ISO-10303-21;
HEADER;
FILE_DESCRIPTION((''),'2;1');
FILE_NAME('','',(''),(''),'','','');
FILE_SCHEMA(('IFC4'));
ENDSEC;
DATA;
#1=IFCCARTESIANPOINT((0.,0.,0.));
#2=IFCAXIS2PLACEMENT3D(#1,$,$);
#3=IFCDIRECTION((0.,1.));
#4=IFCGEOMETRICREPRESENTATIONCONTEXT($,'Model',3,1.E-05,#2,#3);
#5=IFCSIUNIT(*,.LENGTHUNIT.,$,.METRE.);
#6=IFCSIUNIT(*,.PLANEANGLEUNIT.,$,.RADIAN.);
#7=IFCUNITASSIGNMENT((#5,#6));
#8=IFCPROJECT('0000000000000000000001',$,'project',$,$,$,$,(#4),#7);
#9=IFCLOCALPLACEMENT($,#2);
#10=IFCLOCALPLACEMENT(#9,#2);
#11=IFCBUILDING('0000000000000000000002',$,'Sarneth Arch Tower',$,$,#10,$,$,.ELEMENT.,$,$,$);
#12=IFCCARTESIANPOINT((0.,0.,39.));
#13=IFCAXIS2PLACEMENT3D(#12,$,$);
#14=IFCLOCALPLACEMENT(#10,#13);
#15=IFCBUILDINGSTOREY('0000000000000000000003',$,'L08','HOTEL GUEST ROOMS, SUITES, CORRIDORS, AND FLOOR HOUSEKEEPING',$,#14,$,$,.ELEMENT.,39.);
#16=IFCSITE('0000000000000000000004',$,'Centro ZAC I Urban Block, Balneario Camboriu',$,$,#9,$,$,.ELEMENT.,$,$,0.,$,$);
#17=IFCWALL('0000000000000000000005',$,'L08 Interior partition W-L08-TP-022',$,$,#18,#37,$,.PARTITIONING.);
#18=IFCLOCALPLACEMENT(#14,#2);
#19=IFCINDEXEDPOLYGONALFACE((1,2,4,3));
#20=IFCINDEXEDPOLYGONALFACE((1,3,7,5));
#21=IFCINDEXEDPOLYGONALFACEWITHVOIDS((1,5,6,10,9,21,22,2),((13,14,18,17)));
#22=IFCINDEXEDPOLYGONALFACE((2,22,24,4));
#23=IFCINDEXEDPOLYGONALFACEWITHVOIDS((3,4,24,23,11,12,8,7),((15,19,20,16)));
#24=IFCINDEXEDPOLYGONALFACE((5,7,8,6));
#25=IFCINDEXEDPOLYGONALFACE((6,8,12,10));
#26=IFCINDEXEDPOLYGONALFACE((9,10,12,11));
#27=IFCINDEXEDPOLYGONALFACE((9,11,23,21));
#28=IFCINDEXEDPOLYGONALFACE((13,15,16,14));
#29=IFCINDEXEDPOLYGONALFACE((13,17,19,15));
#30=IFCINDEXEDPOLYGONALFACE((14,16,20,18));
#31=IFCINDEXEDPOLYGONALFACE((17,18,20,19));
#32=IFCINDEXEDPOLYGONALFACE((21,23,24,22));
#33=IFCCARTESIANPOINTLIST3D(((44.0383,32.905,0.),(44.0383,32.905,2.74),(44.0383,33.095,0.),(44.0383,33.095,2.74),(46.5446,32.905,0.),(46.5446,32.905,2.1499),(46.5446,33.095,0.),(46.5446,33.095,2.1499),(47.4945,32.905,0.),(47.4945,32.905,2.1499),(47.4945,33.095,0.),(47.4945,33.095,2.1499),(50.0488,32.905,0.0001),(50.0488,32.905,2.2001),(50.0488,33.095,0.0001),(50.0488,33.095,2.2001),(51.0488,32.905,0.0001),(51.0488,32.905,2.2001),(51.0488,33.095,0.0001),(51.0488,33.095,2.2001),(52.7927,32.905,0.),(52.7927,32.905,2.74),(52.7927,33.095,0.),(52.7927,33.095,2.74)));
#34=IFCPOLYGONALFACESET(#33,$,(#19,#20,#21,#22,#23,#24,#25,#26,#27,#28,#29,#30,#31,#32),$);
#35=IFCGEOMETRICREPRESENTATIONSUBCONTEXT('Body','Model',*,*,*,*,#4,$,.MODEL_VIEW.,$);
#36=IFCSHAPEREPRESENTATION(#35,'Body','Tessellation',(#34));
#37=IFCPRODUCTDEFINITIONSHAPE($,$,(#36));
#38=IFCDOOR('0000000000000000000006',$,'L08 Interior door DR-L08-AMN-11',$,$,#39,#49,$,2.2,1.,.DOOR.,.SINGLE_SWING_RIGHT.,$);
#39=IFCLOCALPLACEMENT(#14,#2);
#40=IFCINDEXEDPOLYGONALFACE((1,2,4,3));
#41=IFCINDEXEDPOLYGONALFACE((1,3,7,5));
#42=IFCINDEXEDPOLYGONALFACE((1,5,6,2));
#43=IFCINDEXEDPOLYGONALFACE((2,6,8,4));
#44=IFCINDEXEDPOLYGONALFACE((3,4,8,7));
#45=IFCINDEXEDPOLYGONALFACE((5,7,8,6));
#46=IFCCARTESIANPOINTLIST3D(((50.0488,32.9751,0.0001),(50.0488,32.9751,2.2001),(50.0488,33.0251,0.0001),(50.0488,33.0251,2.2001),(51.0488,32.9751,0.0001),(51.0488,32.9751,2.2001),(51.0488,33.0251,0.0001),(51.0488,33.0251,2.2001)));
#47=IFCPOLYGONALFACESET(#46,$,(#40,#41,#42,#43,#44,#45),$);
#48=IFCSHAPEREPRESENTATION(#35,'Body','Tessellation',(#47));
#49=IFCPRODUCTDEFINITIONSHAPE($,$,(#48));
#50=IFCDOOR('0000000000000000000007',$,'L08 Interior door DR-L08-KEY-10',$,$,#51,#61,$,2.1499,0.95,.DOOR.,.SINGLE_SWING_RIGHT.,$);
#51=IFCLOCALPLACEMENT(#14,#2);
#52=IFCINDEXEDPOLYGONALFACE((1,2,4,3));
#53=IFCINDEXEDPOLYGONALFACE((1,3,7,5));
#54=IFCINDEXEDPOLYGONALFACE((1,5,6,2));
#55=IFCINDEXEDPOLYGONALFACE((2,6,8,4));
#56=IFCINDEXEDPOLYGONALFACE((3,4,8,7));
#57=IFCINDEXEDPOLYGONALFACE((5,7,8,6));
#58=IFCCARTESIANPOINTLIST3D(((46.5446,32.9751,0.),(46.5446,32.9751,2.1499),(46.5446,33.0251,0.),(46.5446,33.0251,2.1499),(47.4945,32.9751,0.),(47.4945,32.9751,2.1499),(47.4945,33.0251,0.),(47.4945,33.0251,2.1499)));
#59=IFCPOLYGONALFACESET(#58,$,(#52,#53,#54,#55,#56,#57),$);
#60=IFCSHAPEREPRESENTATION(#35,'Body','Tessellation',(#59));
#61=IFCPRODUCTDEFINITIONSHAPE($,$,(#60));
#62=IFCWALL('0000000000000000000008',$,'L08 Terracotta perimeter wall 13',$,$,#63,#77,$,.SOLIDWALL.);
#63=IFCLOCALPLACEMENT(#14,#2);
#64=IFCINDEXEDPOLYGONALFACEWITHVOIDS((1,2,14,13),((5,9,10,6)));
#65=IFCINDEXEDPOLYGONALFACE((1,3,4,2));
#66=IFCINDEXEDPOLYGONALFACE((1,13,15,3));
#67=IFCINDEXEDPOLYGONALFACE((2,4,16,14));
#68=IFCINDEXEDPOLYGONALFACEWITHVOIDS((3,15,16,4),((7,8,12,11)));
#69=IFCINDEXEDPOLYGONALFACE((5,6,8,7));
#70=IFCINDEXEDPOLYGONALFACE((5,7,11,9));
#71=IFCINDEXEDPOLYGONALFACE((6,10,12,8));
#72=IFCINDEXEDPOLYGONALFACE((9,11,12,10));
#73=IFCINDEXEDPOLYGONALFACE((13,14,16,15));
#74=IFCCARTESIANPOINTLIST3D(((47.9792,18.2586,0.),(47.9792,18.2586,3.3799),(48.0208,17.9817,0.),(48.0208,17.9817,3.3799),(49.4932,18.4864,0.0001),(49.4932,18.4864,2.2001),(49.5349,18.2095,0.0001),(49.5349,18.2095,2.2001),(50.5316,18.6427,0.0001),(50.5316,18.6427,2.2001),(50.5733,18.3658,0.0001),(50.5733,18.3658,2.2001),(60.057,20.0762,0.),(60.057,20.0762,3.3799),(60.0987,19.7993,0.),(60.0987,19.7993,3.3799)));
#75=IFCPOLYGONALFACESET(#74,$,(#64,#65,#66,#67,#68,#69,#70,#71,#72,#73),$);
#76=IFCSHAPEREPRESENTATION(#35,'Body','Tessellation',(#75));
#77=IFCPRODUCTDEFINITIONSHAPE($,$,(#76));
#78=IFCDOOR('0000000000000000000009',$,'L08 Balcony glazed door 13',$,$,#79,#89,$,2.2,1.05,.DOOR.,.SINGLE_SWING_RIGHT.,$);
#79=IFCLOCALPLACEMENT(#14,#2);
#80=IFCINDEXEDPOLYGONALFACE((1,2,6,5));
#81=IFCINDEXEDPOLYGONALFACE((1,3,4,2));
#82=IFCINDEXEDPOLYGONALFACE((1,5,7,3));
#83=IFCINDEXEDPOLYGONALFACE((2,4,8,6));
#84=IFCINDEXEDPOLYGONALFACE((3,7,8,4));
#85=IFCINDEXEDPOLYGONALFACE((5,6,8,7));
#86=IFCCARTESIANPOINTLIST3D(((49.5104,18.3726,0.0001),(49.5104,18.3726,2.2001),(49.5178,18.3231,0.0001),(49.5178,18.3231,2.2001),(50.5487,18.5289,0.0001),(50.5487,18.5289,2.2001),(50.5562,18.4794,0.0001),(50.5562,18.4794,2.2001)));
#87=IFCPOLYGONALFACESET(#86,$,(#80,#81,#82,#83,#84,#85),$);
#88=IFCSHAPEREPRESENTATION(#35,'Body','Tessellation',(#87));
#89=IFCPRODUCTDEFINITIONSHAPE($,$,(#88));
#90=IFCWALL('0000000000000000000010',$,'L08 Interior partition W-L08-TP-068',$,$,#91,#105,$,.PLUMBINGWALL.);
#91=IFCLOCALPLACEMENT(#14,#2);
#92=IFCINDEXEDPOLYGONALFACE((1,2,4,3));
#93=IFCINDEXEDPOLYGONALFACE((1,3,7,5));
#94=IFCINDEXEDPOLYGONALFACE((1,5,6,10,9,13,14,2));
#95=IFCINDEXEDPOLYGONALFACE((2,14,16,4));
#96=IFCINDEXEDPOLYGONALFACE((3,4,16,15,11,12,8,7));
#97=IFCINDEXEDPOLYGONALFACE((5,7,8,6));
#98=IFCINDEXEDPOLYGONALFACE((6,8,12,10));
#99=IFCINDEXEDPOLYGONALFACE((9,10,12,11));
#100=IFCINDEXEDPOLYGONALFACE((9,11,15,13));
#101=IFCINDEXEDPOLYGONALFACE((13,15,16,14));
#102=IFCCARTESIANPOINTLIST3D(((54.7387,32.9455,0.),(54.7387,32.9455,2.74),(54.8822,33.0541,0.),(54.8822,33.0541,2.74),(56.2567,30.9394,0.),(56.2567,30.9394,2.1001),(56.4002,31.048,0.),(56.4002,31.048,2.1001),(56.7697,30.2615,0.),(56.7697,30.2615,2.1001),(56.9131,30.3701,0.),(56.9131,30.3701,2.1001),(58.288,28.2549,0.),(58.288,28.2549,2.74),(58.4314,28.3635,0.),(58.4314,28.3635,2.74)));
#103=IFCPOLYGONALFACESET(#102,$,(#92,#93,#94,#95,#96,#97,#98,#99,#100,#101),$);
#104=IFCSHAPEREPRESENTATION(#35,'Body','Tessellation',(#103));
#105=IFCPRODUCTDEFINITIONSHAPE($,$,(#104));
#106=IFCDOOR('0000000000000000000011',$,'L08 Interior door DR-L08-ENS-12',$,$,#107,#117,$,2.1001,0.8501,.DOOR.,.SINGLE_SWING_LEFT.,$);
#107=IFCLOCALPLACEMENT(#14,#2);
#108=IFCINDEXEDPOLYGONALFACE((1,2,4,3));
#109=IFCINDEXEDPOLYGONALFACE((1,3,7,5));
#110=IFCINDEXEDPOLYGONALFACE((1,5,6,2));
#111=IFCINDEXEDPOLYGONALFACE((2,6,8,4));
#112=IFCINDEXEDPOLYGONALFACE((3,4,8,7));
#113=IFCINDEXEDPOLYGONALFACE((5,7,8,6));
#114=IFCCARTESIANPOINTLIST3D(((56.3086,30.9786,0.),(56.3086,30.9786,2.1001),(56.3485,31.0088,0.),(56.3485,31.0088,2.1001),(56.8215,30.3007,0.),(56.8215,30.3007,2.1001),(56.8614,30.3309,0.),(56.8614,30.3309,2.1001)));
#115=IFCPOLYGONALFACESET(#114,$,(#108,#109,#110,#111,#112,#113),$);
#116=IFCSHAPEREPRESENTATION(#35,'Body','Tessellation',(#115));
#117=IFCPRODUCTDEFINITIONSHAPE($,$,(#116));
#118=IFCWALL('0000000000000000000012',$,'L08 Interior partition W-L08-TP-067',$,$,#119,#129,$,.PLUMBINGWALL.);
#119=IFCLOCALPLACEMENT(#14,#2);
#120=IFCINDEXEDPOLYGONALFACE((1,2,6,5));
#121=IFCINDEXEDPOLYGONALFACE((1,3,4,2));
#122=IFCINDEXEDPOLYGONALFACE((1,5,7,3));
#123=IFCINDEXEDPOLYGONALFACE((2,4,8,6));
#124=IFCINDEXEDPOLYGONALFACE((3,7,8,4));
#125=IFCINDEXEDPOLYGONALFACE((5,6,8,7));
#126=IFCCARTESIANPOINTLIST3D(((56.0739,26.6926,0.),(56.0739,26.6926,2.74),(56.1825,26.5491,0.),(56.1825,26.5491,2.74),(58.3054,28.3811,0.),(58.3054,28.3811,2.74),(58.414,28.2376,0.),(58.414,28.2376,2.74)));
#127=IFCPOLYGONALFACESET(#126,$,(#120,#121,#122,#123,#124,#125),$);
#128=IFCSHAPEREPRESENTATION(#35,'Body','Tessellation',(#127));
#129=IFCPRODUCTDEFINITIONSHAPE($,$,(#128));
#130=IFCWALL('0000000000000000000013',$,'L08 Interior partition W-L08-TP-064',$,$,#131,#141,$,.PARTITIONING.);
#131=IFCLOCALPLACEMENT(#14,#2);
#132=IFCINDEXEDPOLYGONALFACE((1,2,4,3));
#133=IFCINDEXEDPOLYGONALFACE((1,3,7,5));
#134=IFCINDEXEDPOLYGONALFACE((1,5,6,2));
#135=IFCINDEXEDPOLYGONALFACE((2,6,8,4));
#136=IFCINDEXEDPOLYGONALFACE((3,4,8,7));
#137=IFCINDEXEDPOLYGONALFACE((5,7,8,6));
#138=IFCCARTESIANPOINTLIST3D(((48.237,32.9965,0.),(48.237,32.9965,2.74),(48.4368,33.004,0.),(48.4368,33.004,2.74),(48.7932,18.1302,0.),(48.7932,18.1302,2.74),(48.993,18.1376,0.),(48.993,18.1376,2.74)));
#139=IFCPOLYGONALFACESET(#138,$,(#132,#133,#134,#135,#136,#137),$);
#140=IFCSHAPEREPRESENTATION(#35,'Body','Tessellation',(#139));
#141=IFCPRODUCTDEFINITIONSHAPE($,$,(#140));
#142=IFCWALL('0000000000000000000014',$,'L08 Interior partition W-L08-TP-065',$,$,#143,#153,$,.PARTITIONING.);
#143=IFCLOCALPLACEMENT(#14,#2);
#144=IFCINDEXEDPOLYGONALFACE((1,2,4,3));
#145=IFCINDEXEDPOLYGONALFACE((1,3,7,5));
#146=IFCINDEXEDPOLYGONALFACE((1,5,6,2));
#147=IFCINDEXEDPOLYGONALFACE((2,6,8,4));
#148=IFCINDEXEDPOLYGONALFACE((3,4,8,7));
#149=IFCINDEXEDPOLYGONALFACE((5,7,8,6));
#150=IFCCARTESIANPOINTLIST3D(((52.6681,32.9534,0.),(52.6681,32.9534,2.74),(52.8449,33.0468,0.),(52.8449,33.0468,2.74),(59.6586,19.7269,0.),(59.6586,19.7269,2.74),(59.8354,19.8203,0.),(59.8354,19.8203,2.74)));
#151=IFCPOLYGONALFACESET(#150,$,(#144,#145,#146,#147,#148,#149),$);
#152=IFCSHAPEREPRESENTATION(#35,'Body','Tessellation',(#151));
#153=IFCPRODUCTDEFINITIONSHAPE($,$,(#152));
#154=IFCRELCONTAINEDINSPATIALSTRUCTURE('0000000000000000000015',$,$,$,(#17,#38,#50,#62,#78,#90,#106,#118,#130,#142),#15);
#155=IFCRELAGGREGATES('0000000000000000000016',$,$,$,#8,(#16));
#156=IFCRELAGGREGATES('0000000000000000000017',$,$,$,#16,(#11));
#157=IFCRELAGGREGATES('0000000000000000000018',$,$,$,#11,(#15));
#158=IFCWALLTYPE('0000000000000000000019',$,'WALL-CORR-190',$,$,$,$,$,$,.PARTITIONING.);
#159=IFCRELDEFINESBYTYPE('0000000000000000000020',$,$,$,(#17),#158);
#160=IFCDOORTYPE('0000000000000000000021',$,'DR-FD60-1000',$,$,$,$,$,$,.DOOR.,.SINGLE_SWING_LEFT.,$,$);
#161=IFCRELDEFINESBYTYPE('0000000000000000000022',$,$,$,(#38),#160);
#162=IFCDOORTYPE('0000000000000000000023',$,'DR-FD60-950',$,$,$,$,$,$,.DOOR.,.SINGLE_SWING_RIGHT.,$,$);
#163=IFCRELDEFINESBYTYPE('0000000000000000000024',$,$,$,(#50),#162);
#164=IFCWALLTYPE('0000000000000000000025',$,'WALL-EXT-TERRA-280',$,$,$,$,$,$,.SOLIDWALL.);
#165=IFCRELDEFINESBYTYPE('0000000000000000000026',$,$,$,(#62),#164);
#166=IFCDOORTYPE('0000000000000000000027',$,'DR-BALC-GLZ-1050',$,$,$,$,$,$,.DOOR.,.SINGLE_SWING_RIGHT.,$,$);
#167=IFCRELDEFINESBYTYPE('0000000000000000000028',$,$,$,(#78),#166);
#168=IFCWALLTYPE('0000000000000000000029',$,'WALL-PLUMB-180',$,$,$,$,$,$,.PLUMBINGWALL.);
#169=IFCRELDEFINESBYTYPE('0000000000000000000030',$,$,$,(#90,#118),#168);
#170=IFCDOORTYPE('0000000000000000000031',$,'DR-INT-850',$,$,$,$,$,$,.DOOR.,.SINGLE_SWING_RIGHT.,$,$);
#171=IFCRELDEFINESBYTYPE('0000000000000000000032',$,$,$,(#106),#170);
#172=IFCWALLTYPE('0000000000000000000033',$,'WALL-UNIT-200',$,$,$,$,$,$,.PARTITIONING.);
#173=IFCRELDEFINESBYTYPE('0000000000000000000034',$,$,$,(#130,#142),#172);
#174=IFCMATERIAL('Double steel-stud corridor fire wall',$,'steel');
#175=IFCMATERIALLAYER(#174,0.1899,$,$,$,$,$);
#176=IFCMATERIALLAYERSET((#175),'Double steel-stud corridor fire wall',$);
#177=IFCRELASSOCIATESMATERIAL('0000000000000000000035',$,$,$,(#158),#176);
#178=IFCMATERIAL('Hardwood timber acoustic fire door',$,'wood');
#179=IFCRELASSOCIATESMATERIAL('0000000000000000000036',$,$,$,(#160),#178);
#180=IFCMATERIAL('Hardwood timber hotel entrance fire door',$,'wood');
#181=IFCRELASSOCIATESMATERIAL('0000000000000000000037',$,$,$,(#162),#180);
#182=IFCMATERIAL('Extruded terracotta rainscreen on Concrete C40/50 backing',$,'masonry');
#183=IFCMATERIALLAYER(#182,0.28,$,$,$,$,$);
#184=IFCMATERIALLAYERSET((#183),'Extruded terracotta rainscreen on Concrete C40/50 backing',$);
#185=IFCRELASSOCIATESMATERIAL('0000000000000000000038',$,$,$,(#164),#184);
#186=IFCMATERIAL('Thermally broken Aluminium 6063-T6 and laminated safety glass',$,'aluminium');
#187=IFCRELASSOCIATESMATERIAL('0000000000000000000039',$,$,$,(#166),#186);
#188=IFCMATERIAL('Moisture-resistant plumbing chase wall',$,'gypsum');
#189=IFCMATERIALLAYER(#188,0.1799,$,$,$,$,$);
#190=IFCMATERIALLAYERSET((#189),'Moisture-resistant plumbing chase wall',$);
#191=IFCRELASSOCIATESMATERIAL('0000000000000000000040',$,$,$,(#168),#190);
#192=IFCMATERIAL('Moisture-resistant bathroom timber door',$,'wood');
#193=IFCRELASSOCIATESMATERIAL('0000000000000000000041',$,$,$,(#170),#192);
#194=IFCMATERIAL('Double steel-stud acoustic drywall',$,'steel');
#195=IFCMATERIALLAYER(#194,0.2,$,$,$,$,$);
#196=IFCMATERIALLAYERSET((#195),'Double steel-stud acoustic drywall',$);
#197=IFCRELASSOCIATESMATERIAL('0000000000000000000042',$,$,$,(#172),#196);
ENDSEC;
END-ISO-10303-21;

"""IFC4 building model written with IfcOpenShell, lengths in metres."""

from ifc_helpers import new_model, si_unit, direction, frame, frame_2d, origin, place, context, subcontext, project, spatial, rectangle, extrude, material, layer, layer_set, type_object, element, fill, save


model = new_model("IFC4")

# Units and contexts
model_context = context("Model", 3, precision=1e-05, world=origin(), true_north=direction((0.0, 1.0)))
body_context = subcontext(model_context, "Body", "Model", "MODEL_VIEW")
ifc_project = project(units=[si_unit("LENGTHUNIT", "METRE"), si_unit("PLANEANGLEUNIT", "RADIAN")], contexts=[model_context])

# Site, building, storey
site_placement = place(None, origin())
site = spatial("IfcSite", under=ifc_project, at=site_placement, Name="Centro ZAC I Urban Block, Balneario Camboriu", CompositionType="ELEMENT", RefElevation=0.0)
building_placement = place(site_placement, origin())
building = spatial("IfcBuilding", under=site, at=building_placement, Name="Sarneth Arch Tower", CompositionType="ELEMENT")
storey_placement = place(building_placement, frame((0.0, 0.0, 39.0)))
storey = spatial("IfcBuildingStorey", under=building, at=storey_placement, Name="L08", Description="HOTEL GUEST ROOMS, SUITES, CORRIDORS, AND FLOOR HOUSEKEEPING", CompositionType="ELEMENT", Elevation=39.0)

# Wall, openings, doors
ifc_material_1 = material(Name="Double steel-stud corridor fire wall", Category="steel")
ifc_layer_1 = layer(ifc_material_1, 0.1899)
ifc_layer_set_1 = layer_set([ifc_layer_1], Name="Double steel-stud corridor fire wall")
wall_type_1 = type_object("IfcWallType", Name="WALL-CORR-190", PredefinedType="PARTITIONING", material=ifc_layer_set_1)
wall_1_placement = place(storey_placement, frame((52.7927, 33.0, 0.0), z_axis=(0.0, 0.0, 1.0), x_axis=(-1.0, 0.0, 0.0)))
wall_1 = element("IfcWall", 1, at=wall_1_placement, inside=storey, type_object=wall_type_1, Name="L08 Interior partition W-L08-TP-022", PredefinedType="PARTITIONING", context=body_context, shape_type="SweptSolid", body=[
    extrude(rectangle(XDim=8.7544, YDim=0.1899, at=frame_2d((4.3772, 0.0))), origin(), (0.0, 0.0, 1.0), 2.74),
])
opening_1_placement = place(wall_1_placement, frame((1.7439, 0.0, 0.0)))
opening_1 = element("IfcOpeningElement", 2, at=opening_1_placement, cuts=wall_1, PredefinedType="OPENING", context=body_context, shape_type="SweptSolid", body=[
    extrude(rectangle(XDim=1.0, YDim=2.2, at=frame_2d((0.5, 1.1001))), frame((0.0, 0.105, 0.0), z_axis=(0.0, -1.0, 0.0), x_axis=(1.0, 0.0, 0.0)), (0.0, 0.0, 1.0), 0.21),
])
opening_2_placement = place(wall_1_placement, frame((5.2981, 0.0, 0.0)))
opening_2 = element("IfcOpeningElement", 3, at=opening_2_placement, cuts=wall_1, PredefinedType="OPENING", context=body_context, shape_type="SweptSolid", body=[
    extrude(rectangle(XDim=0.95, YDim=2.1499, at=frame_2d((0.4751, 1.075))), frame((0.0, 0.105, 0.0), z_axis=(0.0, -1.0, 0.0), x_axis=(1.0, 0.0, 0.0)), (0.0, 0.0, 1.0), 0.21),
])
ifc_material_2 = material(Name="Hardwood timber acoustic fire door", Category="wood")
door_type_1 = type_object("IfcDoorType", Name="DR-FD60-1000", OperationType="SINGLE_SWING_LEFT", PredefinedType="DOOR", material=ifc_material_2)
door_1_placement = place(opening_1_placement, origin())
door_1 = element("IfcDoor", 4, at=door_1_placement, inside=storey, type_object=door_type_1, Name="L08 Interior door DR-L08-AMN-11", OperationType="SINGLE_SWING_RIGHT", OverallHeight=2.2, OverallWidth=1.0, PredefinedType="DOOR", context=body_context, shape_type="SweptSolid", body=[
    extrude(rectangle(XDim=1.0, YDim=2.2, at=frame_2d((0.5, 1.1001))), frame((0.0, 0.0249, 0.0), z_axis=(0.0, -1.0, 0.0), x_axis=(1.0, 0.0, 0.0)), (0.0, 0.0, 1.0), 0.05),
])
fill(opening_1, door_1)
ifc_material_3 = material(Name="Hardwood timber hotel entrance fire door", Category="wood")
door_type_2 = type_object("IfcDoorType", Name="DR-FD60-950", OperationType="SINGLE_SWING_RIGHT", PredefinedType="DOOR", material=ifc_material_3)
door_2_placement = place(opening_2_placement, origin())
door_2 = element("IfcDoor", 5, at=door_2_placement, inside=storey, type_object=door_type_2, Name="L08 Interior door DR-L08-KEY-10", OperationType="SINGLE_SWING_RIGHT", OverallHeight=2.1499, OverallWidth=0.95, PredefinedType="DOOR", context=body_context, shape_type="SweptSolid", body=[
    extrude(rectangle(XDim=0.95, YDim=2.1499, at=frame_2d((0.4751, 1.075))), frame((0.0, 0.0249, 0.0), z_axis=(0.0, -1.0, 0.0), x_axis=(1.0, 0.0, 0.0)), (0.0, 0.0, 1.0), 0.05),
])
fill(opening_2, door_2)

# Walls, openings, doors
ifc_material_4 = material(Name="Extruded terracotta rainscreen on Concrete C40/50 backing", Category="masonry")
ifc_layer_2 = layer(ifc_material_4, 0.28)
ifc_layer_set_2 = layer_set([ifc_layer_2], Name="Extruded terracotta rainscreen on Concrete C40/50 backing")
wall_type_2 = type_object("IfcWallType", Name="WALL-EXT-TERRA-280", PredefinedType="SOLIDWALL", material=ifc_layer_set_2)
wall_2_placement = place(storey_placement, frame((48.0, 18.1201, 0.0), z_axis=(0.0, 0.0, 1.0), x_axis=(0.988865, 0.148816, 0.0)))
wall_2 = element("IfcWall", 6, at=wall_2_placement, inside=storey, type_object=wall_type_2, Name="L08 Terracotta perimeter wall 13", PredefinedType="SOLIDWALL", context=body_context, shape_type="SweptSolid", body=[
    extrude(rectangle(XDim=12.2139, YDim=0.28, at=frame_2d((6.1069, 0.0))), origin(), (0.0, 0.0, 1.0), 3.3799),
])
opening_3_placement = place(wall_2_placement, frame((1.5312, 0.0, 0.0)))
opening_3 = element("IfcOpeningElement", 7, at=opening_3_placement, cuts=wall_2, PredefinedType="OPENING", context=body_context, shape_type="SweptSolid", body=[
    extrude(rectangle(XDim=1.05, YDim=2.2, at=frame_2d((0.5249, 1.1001))), frame((0.0, 0.1499, 0.0), z_axis=(0.0, -1.0, 0.0), x_axis=(1.0, 0.0, 0.0)), (0.0, 0.0, 1.0), 0.3),
])
ifc_material_5 = material(Name="Thermally broken Aluminium 6063-T6 and laminated safety glass", Category="aluminium")
door_type_3 = type_object("IfcDoorType", Name="DR-BALC-GLZ-1050", OperationType="SINGLE_SWING_RIGHT", PredefinedType="DOOR", material=ifc_material_5)
door_3_placement = place(opening_3_placement, origin())
door_3 = element("IfcDoor", 8, at=door_3_placement, inside=storey, type_object=door_type_3, Name="L08 Balcony glazed door 13", OperationType="SINGLE_SWING_RIGHT", OverallHeight=2.2, OverallWidth=1.05, PredefinedType="DOOR", context=body_context, shape_type="SweptSolid", body=[
    extrude(rectangle(XDim=1.05, YDim=2.2, at=frame_2d((0.5249, 1.1001))), frame((0.0, 0.0249, 0.0), z_axis=(0.0, -1.0, 0.0), x_axis=(1.0, 0.0, 0.0)), (0.0, 0.0, 1.0), 0.05),
])
fill(opening_3, door_3)
ifc_material_6 = material(Name="Moisture-resistant plumbing chase wall", Category="gypsum")
ifc_layer_3 = layer(ifc_material_6, 0.1799)
ifc_layer_set_3 = layer_set([ifc_layer_3], Name="Moisture-resistant plumbing chase wall")
wall_type_3 = type_object("IfcWallType", Name="WALL-PLUMB-180", PredefinedType="PLUMBINGWALL", material=ifc_layer_set_3)
wall_3_placement = place(storey_placement, frame((58.3596, 28.3093, 0.0), z_axis=(0.0, 0.0, 1.0), x_axis=(-0.603401, 0.797438, 0.0)))
wall_3 = element("IfcWall", 9, at=wall_3_placement, inside=storey, type_object=wall_type_3, Name="L08 Interior partition W-L08-TP-068", PredefinedType="PLUMBINGWALL", context=body_context, shape_type="SweptSolid", body=[
    extrude(rectangle(XDim=5.8821, YDim=0.1799, at=frame_2d((2.9409, 0.0))), origin(), (0.0, 0.0, 1.0), 2.74),
])
opening_4_placement = place(wall_3_placement, frame((2.5161, 0.0, 0.0)))
opening_4 = element("IfcOpeningElement", 10, at=opening_4_placement, cuts=wall_3, PredefinedType="OPENING", context=body_context, shape_type="SweptSolid", body=[
    extrude(rectangle(XDim=0.8501, YDim=2.1001, at=frame_2d((0.425, 1.05))), frame((0.0, 0.0999, 0.0), z_axis=(0.0, -1.0, 0.0), x_axis=(1.0, 0.0, 0.0)), (0.0, 0.0, 1.0), 0.2),
])
ifc_material_7 = material(Name="Moisture-resistant bathroom timber door", Category="wood")
door_type_4 = type_object("IfcDoorType", Name="DR-INT-850", OperationType="SINGLE_SWING_RIGHT", PredefinedType="DOOR", material=ifc_material_7)
door_4_placement = place(opening_4_placement, origin())
door_4 = element("IfcDoor", 11, at=door_4_placement, inside=storey, type_object=door_type_4, Name="L08 Interior door DR-L08-ENS-12", OperationType="SINGLE_SWING_LEFT", OverallHeight=2.1001, OverallWidth=0.8501, PredefinedType="DOOR", context=body_context, shape_type="SweptSolid", body=[
    extrude(rectangle(XDim=0.8501, YDim=2.1001, at=frame_2d((0.425, 1.05))), frame((0.0, 0.0249, 0.0), z_axis=(0.0, -1.0, 0.0), x_axis=(1.0, 0.0, 0.0)), (0.0, 0.0, 1.0), 0.05),
])
fill(opening_4, door_4)

# Walls
wall_4_placement = place(storey_placement, frame((56.1282, 26.6208, 0.0), z_axis=(0.0, 0.0, 1.0), x_axis=(0.797438, 0.603401, 0.0)))
element("IfcWall", 12, at=wall_4_placement, inside=storey, type_object=wall_type_3, Name="L08 Interior partition W-L08-TP-067", PredefinedType="PLUMBINGWALL", context=body_context, shape_type="SweptSolid", body=[
    extrude(rectangle(XDim=2.7983, YDim=0.1799, at=frame_2d((1.3992, 0.0))), origin(), (0.0, 0.0, 1.0), 2.74),
])
ifc_material_8 = material(Name="Double steel-stud acoustic drywall", Category="steel")
ifc_layer_4 = layer(ifc_material_8, 0.2)
ifc_layer_set_4 = layer_set([ifc_layer_4], Name="Double steel-stud acoustic drywall")
wall_type_4 = type_object("IfcWallType", Name="WALL-UNIT-200", PredefinedType="PARTITIONING", material=ifc_layer_set_4)
wall_5_placement = place(storey_placement, frame((48.8931, 18.1338, 0.0), z_axis=(0.0, 0.0, 1.0), x_axis=(-0.037384, 0.999301, 0.0)))
element("IfcWall", 13, at=wall_5_placement, inside=storey, type_object=wall_type_4, Name="L08 Interior partition W-L08-TP-064", PredefinedType="PARTITIONING", context=body_context, shape_type="SweptSolid", body=[
    extrude(rectangle(XDim=14.8767, YDim=0.2, at=frame_2d((7.4385, 0.0))), origin(), (0.0, 0.0, 1.0), 2.74),
])
wall_6_placement = place(storey_placement, frame((52.7566, 33.0, 0.0), z_axis=(0.0, 0.0, 1.0), x_axis=(0.467271, -0.884114, 0.0)))
element("IfcWall", 14, at=wall_6_placement, inside=storey, type_object=wall_type_4, Name="L08 Interior partition W-L08-TP-065", PredefinedType="PARTITIONING", context=body_context, shape_type="SweptSolid", body=[
    extrude(rectangle(XDim=14.9602, YDim=0.2, at=frame_2d((7.48, 0.0))), origin(), (0.0, 0.0, 1.0), 2.74),
])

save(model, "model.ifc")
